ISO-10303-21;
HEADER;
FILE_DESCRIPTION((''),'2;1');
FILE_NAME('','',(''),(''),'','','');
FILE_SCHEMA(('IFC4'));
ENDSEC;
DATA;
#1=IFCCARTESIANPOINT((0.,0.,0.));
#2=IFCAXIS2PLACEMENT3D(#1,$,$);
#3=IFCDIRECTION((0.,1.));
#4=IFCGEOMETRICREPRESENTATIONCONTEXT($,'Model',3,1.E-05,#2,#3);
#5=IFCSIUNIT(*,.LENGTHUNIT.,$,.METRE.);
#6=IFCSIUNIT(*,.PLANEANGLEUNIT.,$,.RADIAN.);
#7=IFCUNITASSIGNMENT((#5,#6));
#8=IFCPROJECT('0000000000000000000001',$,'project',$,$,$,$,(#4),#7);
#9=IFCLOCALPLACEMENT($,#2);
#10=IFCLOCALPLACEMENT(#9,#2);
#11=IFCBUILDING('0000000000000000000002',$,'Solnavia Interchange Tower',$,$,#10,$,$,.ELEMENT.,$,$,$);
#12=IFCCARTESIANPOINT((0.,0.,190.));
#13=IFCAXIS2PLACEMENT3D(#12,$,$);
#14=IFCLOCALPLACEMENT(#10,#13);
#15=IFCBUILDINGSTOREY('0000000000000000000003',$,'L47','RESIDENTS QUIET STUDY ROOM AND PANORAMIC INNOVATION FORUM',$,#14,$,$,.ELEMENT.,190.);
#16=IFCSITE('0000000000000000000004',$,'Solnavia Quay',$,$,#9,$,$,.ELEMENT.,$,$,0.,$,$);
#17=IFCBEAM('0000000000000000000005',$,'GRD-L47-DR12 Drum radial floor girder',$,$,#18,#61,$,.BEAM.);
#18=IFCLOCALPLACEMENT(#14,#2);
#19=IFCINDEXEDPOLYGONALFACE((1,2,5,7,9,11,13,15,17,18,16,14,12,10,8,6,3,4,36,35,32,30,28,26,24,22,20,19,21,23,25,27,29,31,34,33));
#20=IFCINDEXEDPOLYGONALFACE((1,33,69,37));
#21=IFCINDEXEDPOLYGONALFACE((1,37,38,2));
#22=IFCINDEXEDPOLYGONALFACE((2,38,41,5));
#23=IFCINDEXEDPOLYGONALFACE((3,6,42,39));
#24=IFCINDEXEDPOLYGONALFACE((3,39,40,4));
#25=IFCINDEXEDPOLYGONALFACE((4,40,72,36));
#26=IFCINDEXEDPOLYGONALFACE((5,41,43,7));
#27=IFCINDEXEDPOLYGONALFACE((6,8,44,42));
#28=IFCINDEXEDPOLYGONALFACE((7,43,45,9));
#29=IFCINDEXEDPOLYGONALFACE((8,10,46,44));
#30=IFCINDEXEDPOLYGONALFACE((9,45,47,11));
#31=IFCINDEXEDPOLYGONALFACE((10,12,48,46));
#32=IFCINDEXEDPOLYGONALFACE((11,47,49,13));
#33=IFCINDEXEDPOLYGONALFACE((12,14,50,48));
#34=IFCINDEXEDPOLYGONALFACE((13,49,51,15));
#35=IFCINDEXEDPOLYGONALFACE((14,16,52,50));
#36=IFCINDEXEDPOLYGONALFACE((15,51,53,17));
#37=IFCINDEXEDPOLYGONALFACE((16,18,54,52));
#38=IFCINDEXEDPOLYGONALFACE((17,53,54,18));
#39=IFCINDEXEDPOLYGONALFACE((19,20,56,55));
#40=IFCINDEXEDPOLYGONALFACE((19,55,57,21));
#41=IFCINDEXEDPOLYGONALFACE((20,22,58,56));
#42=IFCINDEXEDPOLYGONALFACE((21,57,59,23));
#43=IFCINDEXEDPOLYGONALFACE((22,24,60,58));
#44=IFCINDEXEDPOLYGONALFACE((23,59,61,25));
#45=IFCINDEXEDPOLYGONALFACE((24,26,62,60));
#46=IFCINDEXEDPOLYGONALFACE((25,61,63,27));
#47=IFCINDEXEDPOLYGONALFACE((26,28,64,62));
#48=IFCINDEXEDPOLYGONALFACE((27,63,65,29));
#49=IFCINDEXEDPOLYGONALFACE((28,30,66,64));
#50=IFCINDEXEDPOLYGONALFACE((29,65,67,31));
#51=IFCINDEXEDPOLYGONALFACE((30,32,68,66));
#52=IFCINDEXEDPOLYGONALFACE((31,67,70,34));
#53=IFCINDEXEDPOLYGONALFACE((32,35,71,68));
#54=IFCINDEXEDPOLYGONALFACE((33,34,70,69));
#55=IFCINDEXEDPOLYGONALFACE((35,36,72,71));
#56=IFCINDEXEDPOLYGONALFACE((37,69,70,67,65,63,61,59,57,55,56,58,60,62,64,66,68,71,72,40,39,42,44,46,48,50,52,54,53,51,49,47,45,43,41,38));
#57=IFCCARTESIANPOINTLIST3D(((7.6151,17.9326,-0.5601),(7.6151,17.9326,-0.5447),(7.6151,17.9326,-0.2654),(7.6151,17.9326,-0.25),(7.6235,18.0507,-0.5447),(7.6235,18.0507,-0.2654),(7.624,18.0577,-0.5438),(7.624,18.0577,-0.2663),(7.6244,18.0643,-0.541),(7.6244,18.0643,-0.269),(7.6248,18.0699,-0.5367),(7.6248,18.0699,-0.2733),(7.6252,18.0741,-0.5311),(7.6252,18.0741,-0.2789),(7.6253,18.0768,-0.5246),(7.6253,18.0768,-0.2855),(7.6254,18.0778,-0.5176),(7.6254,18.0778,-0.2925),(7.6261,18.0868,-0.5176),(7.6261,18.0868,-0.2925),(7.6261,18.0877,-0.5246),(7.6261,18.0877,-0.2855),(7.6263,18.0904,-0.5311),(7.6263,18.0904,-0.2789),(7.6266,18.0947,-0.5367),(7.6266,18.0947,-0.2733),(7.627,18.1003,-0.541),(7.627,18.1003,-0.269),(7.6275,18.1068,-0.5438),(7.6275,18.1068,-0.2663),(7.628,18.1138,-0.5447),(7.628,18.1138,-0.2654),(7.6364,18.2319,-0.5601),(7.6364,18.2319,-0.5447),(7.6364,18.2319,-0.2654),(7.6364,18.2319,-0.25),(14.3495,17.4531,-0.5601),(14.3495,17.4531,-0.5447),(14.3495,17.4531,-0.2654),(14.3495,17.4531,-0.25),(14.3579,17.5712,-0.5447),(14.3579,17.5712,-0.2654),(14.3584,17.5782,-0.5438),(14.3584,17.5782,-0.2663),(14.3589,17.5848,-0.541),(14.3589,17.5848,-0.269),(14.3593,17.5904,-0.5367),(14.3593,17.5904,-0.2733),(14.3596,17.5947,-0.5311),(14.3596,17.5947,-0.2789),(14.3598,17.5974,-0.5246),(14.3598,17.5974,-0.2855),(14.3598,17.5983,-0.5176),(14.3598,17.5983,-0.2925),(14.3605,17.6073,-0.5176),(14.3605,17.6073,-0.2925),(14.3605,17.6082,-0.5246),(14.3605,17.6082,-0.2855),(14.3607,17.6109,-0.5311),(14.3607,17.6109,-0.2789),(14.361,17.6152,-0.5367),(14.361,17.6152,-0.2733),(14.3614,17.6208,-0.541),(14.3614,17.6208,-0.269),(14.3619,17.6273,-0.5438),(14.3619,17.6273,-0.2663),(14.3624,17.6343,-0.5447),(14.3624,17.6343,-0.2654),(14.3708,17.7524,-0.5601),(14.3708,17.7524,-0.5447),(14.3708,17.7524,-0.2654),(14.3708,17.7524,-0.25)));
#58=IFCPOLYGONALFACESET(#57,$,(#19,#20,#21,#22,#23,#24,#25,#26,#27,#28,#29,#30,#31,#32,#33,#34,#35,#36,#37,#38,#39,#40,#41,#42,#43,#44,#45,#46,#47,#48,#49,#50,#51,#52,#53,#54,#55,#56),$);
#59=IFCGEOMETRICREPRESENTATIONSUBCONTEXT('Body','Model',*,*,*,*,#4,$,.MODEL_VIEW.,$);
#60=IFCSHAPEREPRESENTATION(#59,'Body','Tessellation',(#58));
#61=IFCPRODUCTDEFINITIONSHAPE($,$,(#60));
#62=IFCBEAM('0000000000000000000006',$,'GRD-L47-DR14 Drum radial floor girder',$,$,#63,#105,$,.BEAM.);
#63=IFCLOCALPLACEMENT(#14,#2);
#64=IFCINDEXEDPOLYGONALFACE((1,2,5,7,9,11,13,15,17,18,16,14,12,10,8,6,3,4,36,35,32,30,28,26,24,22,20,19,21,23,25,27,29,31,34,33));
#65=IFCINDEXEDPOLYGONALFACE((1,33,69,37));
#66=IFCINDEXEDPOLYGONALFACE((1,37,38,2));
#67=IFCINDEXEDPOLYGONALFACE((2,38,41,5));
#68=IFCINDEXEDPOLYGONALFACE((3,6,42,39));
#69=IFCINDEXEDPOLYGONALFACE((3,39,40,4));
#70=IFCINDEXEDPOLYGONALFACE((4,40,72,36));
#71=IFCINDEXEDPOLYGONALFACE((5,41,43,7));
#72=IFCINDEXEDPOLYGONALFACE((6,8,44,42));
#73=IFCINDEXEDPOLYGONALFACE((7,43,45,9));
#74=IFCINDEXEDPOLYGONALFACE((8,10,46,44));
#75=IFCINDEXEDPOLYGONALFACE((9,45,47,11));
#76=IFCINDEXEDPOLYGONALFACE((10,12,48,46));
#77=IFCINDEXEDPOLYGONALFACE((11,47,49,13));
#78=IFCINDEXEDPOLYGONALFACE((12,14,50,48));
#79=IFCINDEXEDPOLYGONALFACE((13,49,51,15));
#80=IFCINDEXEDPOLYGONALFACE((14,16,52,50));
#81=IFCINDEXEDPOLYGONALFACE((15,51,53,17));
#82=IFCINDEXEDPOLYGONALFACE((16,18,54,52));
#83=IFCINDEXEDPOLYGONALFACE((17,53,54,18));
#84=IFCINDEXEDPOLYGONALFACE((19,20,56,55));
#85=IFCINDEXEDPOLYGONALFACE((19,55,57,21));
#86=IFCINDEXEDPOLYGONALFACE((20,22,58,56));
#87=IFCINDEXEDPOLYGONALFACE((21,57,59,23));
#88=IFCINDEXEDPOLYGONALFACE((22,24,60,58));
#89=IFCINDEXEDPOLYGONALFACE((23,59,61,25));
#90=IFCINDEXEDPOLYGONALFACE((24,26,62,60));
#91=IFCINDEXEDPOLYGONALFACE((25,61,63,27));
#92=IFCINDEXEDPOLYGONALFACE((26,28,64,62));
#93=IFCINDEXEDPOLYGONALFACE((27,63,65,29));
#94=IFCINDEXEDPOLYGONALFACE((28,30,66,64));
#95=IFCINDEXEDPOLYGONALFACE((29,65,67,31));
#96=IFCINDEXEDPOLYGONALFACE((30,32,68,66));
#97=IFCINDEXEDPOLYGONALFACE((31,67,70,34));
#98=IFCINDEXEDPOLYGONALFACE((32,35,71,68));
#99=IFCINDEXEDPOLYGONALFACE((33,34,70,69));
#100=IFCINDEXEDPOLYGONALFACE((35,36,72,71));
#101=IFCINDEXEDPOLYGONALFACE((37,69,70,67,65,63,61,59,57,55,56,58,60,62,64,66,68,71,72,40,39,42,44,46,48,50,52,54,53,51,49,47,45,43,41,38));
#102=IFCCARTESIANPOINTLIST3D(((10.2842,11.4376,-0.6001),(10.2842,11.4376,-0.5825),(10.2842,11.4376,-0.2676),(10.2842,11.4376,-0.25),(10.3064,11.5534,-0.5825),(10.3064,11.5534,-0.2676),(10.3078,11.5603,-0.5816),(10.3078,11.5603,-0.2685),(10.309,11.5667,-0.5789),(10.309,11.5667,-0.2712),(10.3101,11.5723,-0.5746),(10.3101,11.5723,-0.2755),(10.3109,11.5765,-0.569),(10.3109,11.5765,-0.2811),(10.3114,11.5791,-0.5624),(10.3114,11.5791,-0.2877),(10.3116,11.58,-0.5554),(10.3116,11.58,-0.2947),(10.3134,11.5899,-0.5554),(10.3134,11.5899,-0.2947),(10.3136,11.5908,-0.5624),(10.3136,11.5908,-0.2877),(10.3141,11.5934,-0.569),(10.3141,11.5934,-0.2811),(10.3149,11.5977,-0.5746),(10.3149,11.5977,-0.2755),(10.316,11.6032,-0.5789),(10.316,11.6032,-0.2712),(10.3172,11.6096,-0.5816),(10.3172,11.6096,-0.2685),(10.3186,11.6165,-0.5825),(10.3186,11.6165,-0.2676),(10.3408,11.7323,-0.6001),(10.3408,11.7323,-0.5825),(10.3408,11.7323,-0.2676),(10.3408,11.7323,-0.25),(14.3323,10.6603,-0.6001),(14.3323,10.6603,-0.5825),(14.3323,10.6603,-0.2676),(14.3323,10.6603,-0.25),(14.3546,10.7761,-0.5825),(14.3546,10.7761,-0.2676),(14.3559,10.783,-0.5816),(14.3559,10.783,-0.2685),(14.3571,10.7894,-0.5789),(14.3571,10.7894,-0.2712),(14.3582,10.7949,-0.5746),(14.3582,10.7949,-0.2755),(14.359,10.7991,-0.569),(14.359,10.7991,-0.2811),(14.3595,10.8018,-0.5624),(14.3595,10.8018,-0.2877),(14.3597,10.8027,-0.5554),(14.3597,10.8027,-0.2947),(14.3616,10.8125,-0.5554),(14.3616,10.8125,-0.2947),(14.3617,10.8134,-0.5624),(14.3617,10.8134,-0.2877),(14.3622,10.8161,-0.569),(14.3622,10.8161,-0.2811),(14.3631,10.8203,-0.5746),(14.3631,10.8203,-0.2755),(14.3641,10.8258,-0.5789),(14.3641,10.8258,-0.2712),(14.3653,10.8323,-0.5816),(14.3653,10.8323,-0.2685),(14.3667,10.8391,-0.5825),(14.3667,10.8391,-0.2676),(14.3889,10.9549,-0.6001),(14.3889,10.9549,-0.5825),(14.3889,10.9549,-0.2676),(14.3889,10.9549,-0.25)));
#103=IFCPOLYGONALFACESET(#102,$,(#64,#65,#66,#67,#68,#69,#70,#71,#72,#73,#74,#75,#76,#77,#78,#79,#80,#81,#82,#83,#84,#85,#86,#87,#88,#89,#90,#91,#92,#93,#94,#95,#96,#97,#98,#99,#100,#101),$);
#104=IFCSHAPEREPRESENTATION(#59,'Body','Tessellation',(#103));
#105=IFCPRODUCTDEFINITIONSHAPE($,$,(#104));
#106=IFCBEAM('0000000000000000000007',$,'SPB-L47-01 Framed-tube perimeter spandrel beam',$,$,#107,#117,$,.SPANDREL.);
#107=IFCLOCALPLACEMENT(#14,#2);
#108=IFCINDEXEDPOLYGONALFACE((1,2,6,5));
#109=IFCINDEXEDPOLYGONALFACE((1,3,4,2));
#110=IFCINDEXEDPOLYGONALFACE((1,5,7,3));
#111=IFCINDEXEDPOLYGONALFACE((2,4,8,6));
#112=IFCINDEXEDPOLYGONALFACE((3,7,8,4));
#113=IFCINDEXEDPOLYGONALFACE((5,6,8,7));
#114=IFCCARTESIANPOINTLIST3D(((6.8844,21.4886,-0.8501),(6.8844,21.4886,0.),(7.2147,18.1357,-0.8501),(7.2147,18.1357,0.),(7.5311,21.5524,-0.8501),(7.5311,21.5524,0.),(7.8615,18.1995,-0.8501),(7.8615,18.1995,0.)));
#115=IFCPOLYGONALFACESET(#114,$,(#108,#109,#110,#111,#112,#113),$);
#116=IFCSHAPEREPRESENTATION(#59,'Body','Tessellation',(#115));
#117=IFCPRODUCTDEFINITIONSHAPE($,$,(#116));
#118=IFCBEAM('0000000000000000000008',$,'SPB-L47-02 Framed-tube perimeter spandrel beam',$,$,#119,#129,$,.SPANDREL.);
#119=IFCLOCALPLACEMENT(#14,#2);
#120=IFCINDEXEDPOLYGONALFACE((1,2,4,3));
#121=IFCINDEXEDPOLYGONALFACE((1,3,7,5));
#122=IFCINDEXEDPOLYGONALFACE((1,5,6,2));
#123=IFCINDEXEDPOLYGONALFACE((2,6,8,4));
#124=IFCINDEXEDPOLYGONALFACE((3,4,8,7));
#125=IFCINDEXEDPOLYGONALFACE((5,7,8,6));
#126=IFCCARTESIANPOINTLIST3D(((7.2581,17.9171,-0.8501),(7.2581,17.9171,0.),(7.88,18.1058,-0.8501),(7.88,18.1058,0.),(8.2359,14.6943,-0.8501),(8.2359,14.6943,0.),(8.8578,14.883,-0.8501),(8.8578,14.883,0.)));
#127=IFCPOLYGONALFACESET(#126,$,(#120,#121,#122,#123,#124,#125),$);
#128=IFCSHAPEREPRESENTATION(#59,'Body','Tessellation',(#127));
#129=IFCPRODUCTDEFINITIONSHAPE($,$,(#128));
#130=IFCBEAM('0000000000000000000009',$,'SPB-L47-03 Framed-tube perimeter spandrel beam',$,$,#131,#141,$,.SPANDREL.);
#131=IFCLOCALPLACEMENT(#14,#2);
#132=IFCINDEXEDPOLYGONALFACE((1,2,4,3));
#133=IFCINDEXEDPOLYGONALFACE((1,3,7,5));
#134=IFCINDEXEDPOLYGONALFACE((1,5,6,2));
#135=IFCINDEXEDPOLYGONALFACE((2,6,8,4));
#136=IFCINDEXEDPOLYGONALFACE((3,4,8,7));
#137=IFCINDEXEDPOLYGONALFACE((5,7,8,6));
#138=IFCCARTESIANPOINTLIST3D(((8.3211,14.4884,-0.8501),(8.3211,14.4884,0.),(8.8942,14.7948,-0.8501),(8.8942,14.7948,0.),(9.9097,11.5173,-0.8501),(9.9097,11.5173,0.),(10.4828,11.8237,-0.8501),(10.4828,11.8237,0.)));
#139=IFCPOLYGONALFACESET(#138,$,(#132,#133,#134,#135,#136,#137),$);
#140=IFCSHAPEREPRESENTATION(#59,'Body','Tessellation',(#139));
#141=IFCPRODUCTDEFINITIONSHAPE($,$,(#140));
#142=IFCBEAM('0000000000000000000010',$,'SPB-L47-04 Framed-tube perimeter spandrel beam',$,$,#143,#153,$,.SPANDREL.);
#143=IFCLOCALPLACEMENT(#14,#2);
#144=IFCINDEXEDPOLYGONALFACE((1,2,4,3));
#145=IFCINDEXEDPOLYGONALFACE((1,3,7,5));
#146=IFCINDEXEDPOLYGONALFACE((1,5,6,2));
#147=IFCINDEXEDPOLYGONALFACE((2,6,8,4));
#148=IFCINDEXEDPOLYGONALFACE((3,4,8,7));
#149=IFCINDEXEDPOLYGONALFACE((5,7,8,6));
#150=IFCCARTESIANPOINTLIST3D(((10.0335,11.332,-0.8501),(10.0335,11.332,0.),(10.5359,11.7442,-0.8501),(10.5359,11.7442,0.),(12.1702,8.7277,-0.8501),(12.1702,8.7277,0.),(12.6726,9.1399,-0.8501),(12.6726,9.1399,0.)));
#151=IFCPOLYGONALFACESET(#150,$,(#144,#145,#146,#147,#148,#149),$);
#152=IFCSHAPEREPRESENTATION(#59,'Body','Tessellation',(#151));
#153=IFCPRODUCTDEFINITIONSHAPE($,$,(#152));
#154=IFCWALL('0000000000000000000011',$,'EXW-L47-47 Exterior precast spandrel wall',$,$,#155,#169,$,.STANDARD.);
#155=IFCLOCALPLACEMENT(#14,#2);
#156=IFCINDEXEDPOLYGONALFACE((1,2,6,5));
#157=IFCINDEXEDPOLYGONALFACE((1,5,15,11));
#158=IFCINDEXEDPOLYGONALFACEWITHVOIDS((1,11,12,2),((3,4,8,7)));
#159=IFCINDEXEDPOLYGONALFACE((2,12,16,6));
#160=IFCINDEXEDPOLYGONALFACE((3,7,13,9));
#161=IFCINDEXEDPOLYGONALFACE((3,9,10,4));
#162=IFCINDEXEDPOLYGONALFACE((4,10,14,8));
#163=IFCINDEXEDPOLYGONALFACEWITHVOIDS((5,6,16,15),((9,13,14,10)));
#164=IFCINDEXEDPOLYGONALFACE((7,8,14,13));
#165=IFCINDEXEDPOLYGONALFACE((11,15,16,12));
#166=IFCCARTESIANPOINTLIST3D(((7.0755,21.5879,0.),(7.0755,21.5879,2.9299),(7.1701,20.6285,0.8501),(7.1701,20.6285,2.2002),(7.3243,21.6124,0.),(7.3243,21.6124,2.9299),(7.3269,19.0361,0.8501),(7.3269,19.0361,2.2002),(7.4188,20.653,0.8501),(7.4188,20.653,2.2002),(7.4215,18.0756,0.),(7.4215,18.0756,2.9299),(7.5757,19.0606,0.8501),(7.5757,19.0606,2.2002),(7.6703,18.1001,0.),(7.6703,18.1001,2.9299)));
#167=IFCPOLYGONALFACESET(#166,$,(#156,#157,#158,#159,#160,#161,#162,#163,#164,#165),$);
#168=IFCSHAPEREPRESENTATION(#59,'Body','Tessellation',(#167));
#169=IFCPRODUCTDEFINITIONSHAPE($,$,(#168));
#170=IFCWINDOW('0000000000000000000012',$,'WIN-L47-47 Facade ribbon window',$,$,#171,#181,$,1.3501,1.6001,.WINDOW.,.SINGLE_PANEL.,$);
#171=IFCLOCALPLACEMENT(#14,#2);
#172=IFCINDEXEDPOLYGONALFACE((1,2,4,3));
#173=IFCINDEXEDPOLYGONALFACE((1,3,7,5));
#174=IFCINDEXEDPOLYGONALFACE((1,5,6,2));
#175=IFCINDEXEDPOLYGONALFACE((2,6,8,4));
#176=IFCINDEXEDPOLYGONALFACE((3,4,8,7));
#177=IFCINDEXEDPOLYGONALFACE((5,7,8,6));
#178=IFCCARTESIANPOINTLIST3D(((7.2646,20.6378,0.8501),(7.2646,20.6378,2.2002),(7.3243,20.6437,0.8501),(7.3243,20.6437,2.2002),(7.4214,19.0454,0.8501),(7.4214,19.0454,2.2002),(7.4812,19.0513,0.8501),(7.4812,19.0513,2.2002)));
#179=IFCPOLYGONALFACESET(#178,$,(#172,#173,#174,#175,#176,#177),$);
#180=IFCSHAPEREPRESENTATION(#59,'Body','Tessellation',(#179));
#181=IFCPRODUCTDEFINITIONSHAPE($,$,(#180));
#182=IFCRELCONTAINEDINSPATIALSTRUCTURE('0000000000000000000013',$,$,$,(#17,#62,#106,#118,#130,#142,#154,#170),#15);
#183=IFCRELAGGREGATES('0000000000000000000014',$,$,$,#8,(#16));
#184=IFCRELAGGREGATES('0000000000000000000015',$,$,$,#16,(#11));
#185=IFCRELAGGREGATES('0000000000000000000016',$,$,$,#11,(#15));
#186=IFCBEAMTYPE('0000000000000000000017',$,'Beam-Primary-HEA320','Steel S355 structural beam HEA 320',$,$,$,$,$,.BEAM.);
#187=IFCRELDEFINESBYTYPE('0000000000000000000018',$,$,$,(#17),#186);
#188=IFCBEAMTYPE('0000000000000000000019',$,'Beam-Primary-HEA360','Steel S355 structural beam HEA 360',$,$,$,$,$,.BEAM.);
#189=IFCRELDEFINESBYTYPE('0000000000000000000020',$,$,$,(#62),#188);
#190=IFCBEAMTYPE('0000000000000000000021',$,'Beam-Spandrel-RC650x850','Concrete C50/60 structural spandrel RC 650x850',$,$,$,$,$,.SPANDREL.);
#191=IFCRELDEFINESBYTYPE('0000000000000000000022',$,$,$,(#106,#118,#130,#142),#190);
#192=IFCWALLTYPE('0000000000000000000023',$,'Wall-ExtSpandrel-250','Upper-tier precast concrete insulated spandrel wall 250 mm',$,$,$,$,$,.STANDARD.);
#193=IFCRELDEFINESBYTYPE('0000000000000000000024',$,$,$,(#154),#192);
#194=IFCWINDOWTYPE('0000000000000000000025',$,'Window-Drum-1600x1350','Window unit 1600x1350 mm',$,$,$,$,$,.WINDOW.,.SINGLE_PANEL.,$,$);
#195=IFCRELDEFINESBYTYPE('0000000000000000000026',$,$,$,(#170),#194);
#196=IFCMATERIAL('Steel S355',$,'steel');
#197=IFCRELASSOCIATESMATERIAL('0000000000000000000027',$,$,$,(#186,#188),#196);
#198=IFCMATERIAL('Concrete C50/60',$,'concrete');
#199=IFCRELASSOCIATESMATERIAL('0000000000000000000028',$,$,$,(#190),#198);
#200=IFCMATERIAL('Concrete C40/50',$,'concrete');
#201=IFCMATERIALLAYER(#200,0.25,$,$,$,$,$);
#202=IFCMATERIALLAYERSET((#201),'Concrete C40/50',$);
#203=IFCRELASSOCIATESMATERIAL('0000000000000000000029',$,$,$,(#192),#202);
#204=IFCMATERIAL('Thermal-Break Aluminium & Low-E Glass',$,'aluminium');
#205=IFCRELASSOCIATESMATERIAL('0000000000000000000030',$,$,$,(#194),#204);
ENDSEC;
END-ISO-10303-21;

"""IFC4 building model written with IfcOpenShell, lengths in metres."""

from ifc_helpers import new_model, si_unit, direction, frame, frame_2d, origin, origin_2d, place, context, subcontext, project, spatial, rectangle, i_section, extrude, material, layer, layer_set, material_profile, profile_set, type_object, element, fill, save


model = new_model("IFC4")

# Units and contexts
model_context = context("Model", 3, precision=1e-05, world=origin(), true_north=direction((0.0, 1.0)))
body_context = subcontext(model_context, "Body", "Model", "MODEL_VIEW")
ifc_project = project(units=[si_unit("LENGTHUNIT", "METRE"), si_unit("PLANEANGLEUNIT", "RADIAN")], contexts=[model_context])

# Site, building, storey
site_placement = place(None, origin())
site = spatial("IfcSite", under=ifc_project, at=site_placement, Name="Solnavia Quay", CompositionType="ELEMENT", RefElevation=0.0)
building_placement = place(site_placement, origin())
building = spatial("IfcBuilding", under=site, at=building_placement, Name="Solnavia Interchange Tower", CompositionType="ELEMENT")
storey_placement = place(building_placement, frame((0.0, 0.0, 190.0)))
storey = spatial("IfcBuildingStorey", under=building, at=storey_placement, Name="L47", Description="RESIDENTS QUIET STUDY ROOM AND PANORAMIC INNOVATION FORUM", CompositionType="ELEMENT", Elevation=190.0)

# Shared definitions
ifc_material_1 = material(Name="Concrete C50/60", Category="concrete")

# Beams
ifc_material_2 = material(Name="Steel S355", Category="steel")
ifc_material_profile_1 = material_profile(ifc_material_2, i_section(OverallWidth=0.3, OverallDepth=0.3101, WebThickness=0.009, FlangeThickness=0.0154, FilletRadius=0.0271, at=origin_2d()), Name="HEA 320")
ifc_profile_set_1 = profile_set([ifc_material_profile_1], Name="Steel S355")
beam_type_1 = type_object("IfcBeamType", Name="Beam-Primary-HEA320", Description="Steel S355 structural beam HEA 320", PredefinedType="BEAM", material=ifc_profile_set_1)
beam_1_placement = place(storey_placement, frame((7.6257, 18.0823, -0.405), z_axis=(0.997475, -0.071021, 0.0), x_axis=(0.071021, 0.997475, 0.0)))
element("IfcBeam", 1, at=beam_1_placement, inside=storey, type_object=beam_type_1, Name="GRD-L47-DR12 Drum radial floor girder", PredefinedType="BEAM", context=body_context, shape_type="SweptSolid", body=[
    extrude(i_section(OverallWidth=0.3, OverallDepth=0.3101, WebThickness=0.009, FlangeThickness=0.0154, FilletRadius=0.0271, at=origin_2d()), origin(), (0.0, 0.0, 1.0), 6.7515),
])
ifc_material_profile_2 = material_profile(ifc_material_2, i_section(OverallWidth=0.3, OverallDepth=0.3501, WebThickness=0.01, FlangeThickness=0.0176, FilletRadius=0.0271, at=origin_2d()), Name="HEA 360")
ifc_profile_set_2 = profile_set([ifc_material_profile_2], Name="Steel S355")
beam_type_2 = type_object("IfcBeamType", Name="Beam-Primary-HEA360", Description="Steel S355 structural beam HEA 360", PredefinedType="BEAM", material=ifc_profile_set_2)
beam_2_placement = place(storey_placement, frame((10.3125, 11.585, -0.425), z_axis=(0.982058, -0.188582, 0.0), x_axis=(0.188582, 0.982058, 0.0)))
element("IfcBeam", 2, at=beam_2_placement, inside=storey, type_object=beam_type_2, Name="GRD-L47-DR14 Drum radial floor girder", PredefinedType="BEAM", context=body_context, shape_type="SweptSolid", body=[
    extrude(i_section(OverallWidth=0.3, OverallDepth=0.3501, WebThickness=0.01, FlangeThickness=0.0176, FilletRadius=0.0271, at=origin_2d()), origin(), (0.0, 0.0, 1.0), 4.1221),
])
ifc_material_profile_3 = material_profile(ifc_material_1, rectangle(XDim=0.6499, YDim=0.8501, at=origin_2d()), Name="RC 650x850")
ifc_profile_set_3 = profile_set([ifc_material_profile_3], Name="Concrete C50/60")
beam_type_3 = type_object("IfcBeamType", Name="Beam-Spandrel-RC650x850", Description="Concrete C50/60 structural spandrel RC 650x850", PredefinedType="SPANDREL", material=ifc_profile_set_3)
beam_3_placement = place(storey_placement, frame((7.2078, 21.5205, -0.425), z_axis=(0.09804, -0.995182, 0.0), x_axis=(0.995182, 0.09804, 0.0)))
element("IfcBeam", 3, at=beam_3_placement, inside=storey, type_object=beam_type_3, Name="SPB-L47-01 Framed-tube perimeter spandrel beam", PredefinedType="SPANDREL", context=body_context, shape_type="SweptSolid", body=[
    extrude(rectangle(XDim=0.6499, YDim=0.8501, at=origin_2d()), origin(), (0.0, 0.0, 1.0), 3.3691),
])
beam_4_placement = place(storey_placement, frame((7.5691, 18.0115, -0.425), z_axis=(0.290319, -0.95693, 0.0), x_axis=(0.95693, 0.290319, 0.0)))
element("IfcBeam", 4, at=beam_4_placement, inside=storey, type_object=beam_type_3, Name="SPB-L47-02 Framed-tube perimeter spandrel beam", PredefinedType="SPANDREL", context=body_context, shape_type="SweptSolid", body=[
    extrude(rectangle(XDim=0.6499, YDim=0.8501, at=origin_2d()), origin(), (0.0, 0.0, 1.0), 3.3679),
])
beam_5_placement = place(storey_placement, frame((8.6077, 14.6416, -0.425), z_axis=(0.471509, -0.881861, 0.0), x_axis=(0.881861, 0.471509, 0.0)))
element("IfcBeam", 5, at=beam_5_placement, inside=storey, type_object=beam_type_3, Name="SPB-L47-03 Framed-tube perimeter spandrel beam", PredefinedType="SPANDREL", context=body_context, shape_type="SweptSolid", body=[
    extrude(rectangle(XDim=0.6499, YDim=0.8501, at=origin_2d()), origin(), (0.0, 0.0, 1.0), 3.3691),
])
beam_6_placement = place(storey_placement, frame((10.2847, 11.5381, -0.425), z_axis=(0.634299, -0.773088, 0.0), x_axis=(0.773088, 0.634299, 0.0)))
element("IfcBeam", 6, at=beam_6_placement, inside=storey, type_object=beam_type_3, Name="SPB-L47-04 Framed-tube perimeter spandrel beam", PredefinedType="SPANDREL", context=body_context, shape_type="SweptSolid", body=[
    extrude(rectangle(XDim=0.6499, YDim=0.8501, at=origin_2d()), origin(), (0.0, 0.0, 1.0), 3.3687),
])

# Wall, opening, window
ifc_material_3 = material(Name="Concrete C40/50", Category="concrete")
ifc_layer_1 = layer(ifc_material_3, 0.25)
ifc_layer_set_1 = layer_set([ifc_layer_1], Name="Concrete C40/50")
wall_type_1 = type_object("IfcWallType", Name="Wall-ExtSpandrel-250", Description="Upper-tier precast concrete insulated spandrel wall 250 mm", PredefinedType="STANDARD", material=ifc_layer_set_1)
wall_1_placement = place(storey_placement, frame((7.5459, 18.0879, 0.0), z_axis=(0.0, 0.0, 1.0), x_axis=(-0.098024, 0.995184, 0.0)))
wall_1 = element("IfcWall", 7, at=wall_1_placement, inside=storey, type_object=wall_type_1, Name="EXW-L47-47 Exterior precast spandrel wall", PredefinedType="STANDARD", context=body_context, shape_type="SweptSolid", body=[
    extrude(rectangle(XDim=3.5293, YDim=0.25, at=frame_2d((1.7646, 0.0))), origin(), (0.0, 0.0, 1.0), 2.9299),
])
opening_1_placement = place(wall_1_placement, frame((0.9651, 0.0, 0.8501)))
opening_1 = element("IfcOpeningElement", 8, at=opening_1_placement, cuts=wall_1, PredefinedType="OPENING", context=body_context, shape_type="SweptSolid", body=[
    extrude(rectangle(XDim=1.6001, YDim=1.3501, at=frame_2d((0.8, 0.675))), frame((0.0, 0.135, 0.0), z_axis=(0.0, -1.0, 0.0), x_axis=(1.0, 0.0, 0.0)), (0.0, 0.0, 1.0), 0.27),
])
ifc_material_4 = material(Name="Thermal-Break Aluminium & Low-E Glass", Category="aluminium")
window_type = type_object("IfcWindowType", Name="Window-Drum-1600x1350", Description="Window unit 1600x1350 mm", PartitioningType="SINGLE_PANEL", PredefinedType="WINDOW", material=ifc_material_4)
window_1_placement = place(opening_1_placement, origin())
window_1 = element("IfcWindow", 9, at=window_1_placement, inside=storey, type_object=window_type, Name="WIN-L47-47 Facade ribbon window", OverallHeight=1.3501, OverallWidth=1.6001, PartitioningType="SINGLE_PANEL", PredefinedType="WINDOW", context=body_context, shape_type="SweptSolid", body=[
    extrude(rectangle(XDim=1.6001, YDim=1.3501, at=frame_2d((0.8, 0.675))), frame((0.0, 0.03, 0.0), z_axis=(0.0, -1.0, 0.0), x_axis=(1.0, 0.0, 0.0)), (0.0, 0.0, 1.0), 0.0601),
])
fill(opening_1, window_1)

save(model, "model.ifc")
